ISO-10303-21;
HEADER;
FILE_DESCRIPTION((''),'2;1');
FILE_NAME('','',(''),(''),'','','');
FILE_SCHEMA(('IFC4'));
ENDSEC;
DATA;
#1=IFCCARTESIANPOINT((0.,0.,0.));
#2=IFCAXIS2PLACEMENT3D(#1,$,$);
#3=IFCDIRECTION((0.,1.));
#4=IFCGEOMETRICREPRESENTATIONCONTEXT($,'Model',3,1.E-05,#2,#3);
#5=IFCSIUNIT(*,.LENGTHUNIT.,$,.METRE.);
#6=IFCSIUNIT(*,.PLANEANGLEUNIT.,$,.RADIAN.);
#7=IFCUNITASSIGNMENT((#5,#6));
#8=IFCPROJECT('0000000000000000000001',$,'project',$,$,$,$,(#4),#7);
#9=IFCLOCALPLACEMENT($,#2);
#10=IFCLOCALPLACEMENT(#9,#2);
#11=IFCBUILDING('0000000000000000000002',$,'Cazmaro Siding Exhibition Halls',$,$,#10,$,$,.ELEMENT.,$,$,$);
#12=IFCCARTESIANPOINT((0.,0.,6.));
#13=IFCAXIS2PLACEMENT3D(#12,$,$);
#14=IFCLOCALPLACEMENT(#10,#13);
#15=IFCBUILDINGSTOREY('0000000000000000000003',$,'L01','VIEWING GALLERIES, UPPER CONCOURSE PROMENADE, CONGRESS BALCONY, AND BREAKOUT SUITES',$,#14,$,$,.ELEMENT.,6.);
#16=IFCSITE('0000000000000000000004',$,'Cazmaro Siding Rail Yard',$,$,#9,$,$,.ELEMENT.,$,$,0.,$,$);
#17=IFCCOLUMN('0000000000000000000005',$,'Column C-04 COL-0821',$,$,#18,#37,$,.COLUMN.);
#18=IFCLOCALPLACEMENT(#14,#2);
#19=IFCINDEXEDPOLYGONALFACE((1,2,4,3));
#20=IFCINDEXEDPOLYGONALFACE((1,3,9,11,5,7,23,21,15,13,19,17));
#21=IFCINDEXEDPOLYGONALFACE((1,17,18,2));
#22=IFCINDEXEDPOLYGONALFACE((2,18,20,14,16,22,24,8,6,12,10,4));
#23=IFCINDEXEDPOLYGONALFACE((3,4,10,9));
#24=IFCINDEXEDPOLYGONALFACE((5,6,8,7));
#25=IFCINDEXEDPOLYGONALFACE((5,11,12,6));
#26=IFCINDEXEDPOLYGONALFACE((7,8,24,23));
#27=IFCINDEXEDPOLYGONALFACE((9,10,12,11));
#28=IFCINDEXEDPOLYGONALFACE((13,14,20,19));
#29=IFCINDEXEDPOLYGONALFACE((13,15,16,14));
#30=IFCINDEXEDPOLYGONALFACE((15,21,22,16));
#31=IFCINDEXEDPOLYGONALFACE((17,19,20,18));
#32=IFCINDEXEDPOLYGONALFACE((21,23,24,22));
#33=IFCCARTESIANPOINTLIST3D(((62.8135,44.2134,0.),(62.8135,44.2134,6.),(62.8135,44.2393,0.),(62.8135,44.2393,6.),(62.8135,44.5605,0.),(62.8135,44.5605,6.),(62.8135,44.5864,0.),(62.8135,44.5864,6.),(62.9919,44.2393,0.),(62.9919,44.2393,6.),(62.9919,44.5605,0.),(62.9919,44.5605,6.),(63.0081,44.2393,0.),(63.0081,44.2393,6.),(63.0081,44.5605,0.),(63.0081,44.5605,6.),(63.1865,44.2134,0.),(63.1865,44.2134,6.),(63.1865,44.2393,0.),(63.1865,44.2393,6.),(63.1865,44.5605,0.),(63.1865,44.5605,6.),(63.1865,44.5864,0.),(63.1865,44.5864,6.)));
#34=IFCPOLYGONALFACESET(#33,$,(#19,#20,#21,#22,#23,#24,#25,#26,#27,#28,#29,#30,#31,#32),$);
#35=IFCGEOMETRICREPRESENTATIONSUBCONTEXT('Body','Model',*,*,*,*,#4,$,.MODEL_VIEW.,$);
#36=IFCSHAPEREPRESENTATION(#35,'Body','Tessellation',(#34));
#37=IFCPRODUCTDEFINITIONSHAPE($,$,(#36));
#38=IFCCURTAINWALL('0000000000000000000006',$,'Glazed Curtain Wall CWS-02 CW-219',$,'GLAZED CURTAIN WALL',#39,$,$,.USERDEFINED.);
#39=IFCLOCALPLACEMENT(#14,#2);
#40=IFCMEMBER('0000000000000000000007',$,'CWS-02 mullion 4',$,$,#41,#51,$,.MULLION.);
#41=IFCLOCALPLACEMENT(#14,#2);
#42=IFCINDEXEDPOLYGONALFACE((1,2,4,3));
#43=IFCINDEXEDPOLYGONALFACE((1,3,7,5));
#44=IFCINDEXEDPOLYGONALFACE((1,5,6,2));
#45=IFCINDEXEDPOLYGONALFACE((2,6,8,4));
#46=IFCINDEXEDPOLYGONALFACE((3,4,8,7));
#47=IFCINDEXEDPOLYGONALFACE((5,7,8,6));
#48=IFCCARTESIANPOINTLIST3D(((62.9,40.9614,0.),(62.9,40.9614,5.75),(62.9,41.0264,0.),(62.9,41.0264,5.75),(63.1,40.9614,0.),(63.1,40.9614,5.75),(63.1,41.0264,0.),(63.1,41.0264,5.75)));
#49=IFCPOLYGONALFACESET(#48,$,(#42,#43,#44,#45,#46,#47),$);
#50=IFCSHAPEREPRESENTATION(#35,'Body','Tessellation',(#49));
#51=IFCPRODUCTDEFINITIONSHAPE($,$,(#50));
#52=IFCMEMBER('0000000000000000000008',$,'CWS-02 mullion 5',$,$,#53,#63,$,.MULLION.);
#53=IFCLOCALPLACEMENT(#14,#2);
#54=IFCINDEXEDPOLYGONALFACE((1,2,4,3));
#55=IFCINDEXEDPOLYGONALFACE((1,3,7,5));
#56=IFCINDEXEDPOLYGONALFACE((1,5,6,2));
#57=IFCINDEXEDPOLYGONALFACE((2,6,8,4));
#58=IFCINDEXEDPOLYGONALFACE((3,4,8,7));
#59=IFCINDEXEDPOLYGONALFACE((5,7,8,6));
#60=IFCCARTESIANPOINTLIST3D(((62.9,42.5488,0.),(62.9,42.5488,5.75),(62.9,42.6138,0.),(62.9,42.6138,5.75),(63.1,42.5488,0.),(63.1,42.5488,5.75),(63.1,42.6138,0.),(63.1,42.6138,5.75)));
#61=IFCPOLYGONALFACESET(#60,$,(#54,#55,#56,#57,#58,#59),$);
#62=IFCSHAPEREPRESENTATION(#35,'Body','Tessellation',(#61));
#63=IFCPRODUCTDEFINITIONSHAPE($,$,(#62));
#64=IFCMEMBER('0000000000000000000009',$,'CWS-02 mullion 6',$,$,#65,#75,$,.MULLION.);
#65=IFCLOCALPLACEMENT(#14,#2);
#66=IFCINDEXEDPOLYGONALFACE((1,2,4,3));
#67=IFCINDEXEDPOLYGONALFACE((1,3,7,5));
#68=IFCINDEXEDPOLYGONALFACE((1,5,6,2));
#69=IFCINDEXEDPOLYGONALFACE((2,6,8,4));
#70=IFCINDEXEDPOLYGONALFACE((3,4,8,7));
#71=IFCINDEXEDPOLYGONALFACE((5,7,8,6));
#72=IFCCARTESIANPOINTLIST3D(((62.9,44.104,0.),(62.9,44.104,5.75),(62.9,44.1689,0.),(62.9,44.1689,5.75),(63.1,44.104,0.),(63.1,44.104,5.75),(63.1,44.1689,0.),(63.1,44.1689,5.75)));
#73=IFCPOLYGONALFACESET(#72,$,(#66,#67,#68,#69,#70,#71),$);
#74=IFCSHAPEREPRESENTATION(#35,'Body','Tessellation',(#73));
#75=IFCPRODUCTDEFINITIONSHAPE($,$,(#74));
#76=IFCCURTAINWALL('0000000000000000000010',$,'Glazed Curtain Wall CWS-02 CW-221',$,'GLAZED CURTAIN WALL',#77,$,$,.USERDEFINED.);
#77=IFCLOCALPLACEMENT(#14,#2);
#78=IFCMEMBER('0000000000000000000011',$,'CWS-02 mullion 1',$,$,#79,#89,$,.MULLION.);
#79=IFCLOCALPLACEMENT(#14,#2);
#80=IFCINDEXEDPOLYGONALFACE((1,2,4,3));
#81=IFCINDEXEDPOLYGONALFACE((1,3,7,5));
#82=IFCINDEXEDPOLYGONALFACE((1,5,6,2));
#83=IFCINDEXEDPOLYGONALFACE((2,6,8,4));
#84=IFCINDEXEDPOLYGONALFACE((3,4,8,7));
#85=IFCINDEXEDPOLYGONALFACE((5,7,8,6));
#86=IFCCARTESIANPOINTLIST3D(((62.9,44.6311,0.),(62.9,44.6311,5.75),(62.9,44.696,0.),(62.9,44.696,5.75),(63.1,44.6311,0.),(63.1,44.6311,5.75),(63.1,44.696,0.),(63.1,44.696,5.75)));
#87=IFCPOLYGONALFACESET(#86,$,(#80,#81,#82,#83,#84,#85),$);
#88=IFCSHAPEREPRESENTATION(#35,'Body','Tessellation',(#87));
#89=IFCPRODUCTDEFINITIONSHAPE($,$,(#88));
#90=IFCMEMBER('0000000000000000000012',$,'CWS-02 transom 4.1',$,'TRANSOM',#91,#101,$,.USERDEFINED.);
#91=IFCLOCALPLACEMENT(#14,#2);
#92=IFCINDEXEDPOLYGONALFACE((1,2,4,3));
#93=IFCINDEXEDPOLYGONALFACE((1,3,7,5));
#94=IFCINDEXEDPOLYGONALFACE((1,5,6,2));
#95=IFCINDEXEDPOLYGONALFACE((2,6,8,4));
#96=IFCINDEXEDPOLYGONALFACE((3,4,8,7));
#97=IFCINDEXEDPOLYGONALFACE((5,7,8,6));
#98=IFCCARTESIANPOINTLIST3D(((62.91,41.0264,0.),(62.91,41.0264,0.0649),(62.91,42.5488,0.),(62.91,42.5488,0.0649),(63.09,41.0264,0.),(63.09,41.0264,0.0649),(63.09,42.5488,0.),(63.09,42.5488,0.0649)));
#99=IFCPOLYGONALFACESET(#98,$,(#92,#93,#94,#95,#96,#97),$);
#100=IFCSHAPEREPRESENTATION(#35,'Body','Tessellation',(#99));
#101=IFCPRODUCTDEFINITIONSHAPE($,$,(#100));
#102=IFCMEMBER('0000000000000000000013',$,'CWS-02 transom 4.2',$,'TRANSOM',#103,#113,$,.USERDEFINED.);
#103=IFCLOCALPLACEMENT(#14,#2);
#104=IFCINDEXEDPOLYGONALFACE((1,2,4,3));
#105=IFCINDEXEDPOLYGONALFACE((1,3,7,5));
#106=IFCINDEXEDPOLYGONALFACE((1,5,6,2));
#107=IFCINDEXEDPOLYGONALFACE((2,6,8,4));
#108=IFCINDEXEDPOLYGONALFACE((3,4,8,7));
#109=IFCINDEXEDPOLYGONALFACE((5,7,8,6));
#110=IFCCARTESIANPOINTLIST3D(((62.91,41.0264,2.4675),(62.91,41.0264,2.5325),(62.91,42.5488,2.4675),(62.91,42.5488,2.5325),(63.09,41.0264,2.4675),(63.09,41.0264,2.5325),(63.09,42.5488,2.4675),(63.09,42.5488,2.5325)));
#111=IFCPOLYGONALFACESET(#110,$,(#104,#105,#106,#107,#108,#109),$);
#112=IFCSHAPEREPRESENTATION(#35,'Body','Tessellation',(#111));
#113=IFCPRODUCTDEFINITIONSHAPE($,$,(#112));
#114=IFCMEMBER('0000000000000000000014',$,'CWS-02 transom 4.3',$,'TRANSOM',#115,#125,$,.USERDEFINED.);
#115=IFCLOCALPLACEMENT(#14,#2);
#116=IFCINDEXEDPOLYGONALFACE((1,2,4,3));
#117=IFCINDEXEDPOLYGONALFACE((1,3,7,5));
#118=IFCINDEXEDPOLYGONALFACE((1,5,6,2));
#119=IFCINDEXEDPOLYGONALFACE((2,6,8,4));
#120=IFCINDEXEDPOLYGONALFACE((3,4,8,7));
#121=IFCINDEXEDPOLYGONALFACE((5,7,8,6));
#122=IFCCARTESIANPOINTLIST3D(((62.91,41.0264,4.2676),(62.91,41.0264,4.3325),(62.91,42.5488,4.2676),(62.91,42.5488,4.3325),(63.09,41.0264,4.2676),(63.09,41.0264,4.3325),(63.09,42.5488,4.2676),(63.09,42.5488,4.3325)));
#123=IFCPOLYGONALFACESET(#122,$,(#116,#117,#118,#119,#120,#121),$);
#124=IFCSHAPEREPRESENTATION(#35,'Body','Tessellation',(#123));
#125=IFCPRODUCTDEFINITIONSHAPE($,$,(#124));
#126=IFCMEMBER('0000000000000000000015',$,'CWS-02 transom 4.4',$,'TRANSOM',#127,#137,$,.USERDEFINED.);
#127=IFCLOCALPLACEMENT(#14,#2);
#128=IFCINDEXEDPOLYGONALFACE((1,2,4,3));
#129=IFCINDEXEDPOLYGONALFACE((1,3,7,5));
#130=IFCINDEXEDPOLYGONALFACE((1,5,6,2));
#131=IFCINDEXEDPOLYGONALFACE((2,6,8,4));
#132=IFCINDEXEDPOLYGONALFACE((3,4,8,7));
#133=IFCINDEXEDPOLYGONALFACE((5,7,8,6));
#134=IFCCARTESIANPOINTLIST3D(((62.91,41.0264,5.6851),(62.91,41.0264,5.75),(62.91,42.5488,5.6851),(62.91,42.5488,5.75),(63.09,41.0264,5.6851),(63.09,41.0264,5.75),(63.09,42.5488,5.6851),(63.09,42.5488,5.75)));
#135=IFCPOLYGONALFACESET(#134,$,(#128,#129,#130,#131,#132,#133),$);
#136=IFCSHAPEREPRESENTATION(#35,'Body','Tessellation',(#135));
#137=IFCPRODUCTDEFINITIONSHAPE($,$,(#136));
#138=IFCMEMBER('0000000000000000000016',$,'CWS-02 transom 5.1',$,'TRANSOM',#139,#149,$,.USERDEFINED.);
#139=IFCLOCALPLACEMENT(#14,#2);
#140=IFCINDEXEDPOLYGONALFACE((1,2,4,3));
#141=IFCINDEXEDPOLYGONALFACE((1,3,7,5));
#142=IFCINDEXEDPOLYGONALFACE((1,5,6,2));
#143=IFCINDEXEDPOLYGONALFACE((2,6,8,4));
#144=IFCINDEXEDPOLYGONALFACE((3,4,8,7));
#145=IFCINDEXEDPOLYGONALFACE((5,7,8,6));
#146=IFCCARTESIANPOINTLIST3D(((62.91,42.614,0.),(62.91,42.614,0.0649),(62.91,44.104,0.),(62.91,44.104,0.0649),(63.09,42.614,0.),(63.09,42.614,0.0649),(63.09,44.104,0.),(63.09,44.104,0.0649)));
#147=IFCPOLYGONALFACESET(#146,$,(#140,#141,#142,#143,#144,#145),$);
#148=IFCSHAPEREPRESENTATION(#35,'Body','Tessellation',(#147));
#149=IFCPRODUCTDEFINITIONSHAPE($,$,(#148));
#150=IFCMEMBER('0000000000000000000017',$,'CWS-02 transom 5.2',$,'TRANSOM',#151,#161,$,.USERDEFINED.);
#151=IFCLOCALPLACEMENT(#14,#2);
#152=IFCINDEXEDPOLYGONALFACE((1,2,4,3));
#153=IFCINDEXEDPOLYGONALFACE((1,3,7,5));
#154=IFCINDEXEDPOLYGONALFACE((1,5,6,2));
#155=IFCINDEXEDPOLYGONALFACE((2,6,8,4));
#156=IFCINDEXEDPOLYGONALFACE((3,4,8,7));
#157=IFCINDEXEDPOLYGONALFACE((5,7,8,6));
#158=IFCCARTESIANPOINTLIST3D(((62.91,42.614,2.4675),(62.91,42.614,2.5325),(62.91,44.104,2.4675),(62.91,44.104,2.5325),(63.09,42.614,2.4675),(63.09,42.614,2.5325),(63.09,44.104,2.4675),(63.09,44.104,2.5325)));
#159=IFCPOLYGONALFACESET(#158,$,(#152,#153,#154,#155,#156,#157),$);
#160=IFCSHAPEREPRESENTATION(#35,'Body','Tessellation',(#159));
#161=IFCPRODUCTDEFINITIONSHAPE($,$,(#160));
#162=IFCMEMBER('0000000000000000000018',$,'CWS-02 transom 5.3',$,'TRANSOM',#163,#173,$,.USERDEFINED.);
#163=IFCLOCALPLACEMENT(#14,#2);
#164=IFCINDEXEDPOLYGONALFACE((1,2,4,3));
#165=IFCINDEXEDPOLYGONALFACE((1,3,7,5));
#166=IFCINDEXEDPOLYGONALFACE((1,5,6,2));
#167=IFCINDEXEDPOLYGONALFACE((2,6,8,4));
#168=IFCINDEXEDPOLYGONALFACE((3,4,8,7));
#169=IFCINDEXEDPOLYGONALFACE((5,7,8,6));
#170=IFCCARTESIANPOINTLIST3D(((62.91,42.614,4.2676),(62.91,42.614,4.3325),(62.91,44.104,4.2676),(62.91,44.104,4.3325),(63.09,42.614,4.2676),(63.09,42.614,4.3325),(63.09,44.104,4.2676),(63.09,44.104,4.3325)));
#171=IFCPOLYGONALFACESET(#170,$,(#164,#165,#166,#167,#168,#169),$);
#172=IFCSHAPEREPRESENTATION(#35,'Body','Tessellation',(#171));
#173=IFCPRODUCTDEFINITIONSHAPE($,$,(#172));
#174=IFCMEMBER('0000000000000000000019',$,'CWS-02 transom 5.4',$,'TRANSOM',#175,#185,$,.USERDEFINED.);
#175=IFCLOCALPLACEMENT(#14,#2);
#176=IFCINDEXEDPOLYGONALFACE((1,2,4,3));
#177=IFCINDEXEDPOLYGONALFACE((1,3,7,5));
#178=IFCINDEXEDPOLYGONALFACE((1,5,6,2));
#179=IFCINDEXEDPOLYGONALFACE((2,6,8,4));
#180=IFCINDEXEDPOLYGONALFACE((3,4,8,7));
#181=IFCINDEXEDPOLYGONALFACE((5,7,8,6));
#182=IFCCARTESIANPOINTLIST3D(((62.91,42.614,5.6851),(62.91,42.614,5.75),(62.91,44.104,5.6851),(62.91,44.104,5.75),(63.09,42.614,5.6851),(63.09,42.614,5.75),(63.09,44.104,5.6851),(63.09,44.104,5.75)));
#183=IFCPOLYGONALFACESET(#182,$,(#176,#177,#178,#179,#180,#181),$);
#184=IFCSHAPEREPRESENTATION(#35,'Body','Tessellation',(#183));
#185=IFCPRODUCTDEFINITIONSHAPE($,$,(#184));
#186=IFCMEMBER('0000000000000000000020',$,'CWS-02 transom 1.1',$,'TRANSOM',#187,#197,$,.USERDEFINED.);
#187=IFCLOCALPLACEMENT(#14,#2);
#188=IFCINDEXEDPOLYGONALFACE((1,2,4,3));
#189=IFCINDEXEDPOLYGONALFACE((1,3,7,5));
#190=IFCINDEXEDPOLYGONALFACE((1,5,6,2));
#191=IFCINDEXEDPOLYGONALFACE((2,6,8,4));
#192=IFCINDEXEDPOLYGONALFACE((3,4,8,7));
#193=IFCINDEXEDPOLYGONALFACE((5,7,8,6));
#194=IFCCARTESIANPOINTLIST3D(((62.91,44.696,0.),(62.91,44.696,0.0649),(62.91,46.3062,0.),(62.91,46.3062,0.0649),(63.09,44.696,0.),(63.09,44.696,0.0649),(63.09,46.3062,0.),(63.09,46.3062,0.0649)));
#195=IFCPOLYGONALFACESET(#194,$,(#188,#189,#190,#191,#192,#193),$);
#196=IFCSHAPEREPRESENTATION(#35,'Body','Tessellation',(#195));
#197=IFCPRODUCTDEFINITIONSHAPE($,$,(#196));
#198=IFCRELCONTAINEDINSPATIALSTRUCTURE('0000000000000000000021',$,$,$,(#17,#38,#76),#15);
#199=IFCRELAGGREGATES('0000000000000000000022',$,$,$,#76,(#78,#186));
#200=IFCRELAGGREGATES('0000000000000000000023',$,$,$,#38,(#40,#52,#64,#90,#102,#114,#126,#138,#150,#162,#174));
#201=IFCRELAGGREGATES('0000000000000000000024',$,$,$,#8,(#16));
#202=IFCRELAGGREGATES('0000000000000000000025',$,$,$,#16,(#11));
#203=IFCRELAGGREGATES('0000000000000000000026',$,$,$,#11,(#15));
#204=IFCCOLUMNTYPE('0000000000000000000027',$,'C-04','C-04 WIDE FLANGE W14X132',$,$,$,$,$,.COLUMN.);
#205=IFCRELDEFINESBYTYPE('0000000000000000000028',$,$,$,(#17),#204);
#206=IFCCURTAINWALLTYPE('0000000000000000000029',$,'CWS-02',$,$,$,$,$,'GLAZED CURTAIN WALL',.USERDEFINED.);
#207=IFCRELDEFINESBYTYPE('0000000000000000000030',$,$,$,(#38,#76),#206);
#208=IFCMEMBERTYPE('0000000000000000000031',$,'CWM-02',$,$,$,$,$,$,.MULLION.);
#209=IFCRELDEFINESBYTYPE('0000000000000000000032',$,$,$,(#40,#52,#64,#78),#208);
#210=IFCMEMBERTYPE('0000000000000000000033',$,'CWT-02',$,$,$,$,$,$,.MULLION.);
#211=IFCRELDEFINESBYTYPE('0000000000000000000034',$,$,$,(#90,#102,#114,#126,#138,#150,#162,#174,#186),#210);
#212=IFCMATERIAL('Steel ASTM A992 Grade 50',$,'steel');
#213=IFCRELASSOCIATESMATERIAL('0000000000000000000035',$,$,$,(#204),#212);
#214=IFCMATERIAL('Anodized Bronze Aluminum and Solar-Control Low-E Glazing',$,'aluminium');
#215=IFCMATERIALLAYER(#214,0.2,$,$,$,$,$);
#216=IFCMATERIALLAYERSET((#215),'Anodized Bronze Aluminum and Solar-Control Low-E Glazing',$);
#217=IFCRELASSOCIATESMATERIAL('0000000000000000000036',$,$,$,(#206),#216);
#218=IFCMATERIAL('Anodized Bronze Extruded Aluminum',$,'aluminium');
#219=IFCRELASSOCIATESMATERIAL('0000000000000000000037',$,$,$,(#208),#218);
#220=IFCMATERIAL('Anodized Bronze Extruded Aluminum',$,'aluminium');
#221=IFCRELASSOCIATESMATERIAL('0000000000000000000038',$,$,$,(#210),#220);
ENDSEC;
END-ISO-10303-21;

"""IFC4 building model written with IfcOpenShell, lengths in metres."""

from ifc_helpers import new_model, si_unit, direction, frame, origin, origin_2d, place, context, subcontext, project, spatial, rectangle, i_section, extrude, material, layer, layer_set, material_profile, profile_set, type_object, element, aggregate, save


model = new_model("IFC4")

# Units and contexts
model_context = context("Model", 3, precision=1e-05, world=origin(), true_north=direction((0.0, 1.0)))
body_context = subcontext(model_context, "Body", "Model", "MODEL_VIEW")
ifc_project = project(units=[si_unit("LENGTHUNIT", "METRE"), si_unit("PLANEANGLEUNIT", "RADIAN")], contexts=[model_context])

# Site, building, storey
site_placement = place(None, origin())
site = spatial("IfcSite", under=ifc_project, at=site_placement, Name="Cazmaro Siding Rail Yard", CompositionType="ELEMENT", RefElevation=0.0)
building_placement = place(site_placement, origin())
building = spatial("IfcBuilding", under=site, at=building_placement, Name="Cazmaro Siding Exhibition Halls", CompositionType="ELEMENT")
storey_placement = place(building_placement, frame((0.0, 0.0, 6.0)))
storey = spatial("IfcBuildingStorey", under=building, at=storey_placement, Name="L01", Description="VIEWING GALLERIES, UPPER CONCOURSE PROMENADE, CONGRESS BALCONY, AND BREAKOUT SUITES", CompositionType="ELEMENT", Elevation=6.0)

# Column
ifc_material_1 = material(Name="Steel ASTM A992 Grade 50", Category="steel")
ifc_material_profile_1 = material_profile(ifc_material_1, i_section(OverallWidth=0.373, OverallDepth=0.373, WebThickness=0.0161, FlangeThickness=0.0259, at=origin_2d()), Name="W14X132")
ifc_profile_set_1 = profile_set([ifc_material_profile_1], Name="Steel ASTM A992 Grade 50")
column_type = type_object("IfcColumnType", Name="C-04", Description="C-04 WIDE FLANGE W14X132", PredefinedType="COLUMN", material=ifc_profile_set_1)
column_placement = place(storey_placement, frame((63.0, 44.3999, 0.0), z_axis=(0.0, 0.0, 1.0), x_axis=(1.0, 0.0, 0.0)))
element("IfcColumn", 1, at=column_placement, inside=storey, type_object=column_type, Name="Column C-04 COL-0821", PredefinedType="COLUMN", context=body_context, shape_type="SweptSolid", body=[
    extrude(i_section(OverallWidth=0.373, OverallDepth=0.373, WebThickness=0.0161, FlangeThickness=0.0259, at=origin_2d()), origin(), (0.0, 0.0, 1.0), 6.0),
])

# Curtain wall, members
ifc_material_2 = material(Name="Anodized Bronze Aluminum and Solar-Control Low-E Glazing", Category="aluminium")
ifc_layer_1 = layer(ifc_material_2, 0.2)
ifc_layer_set_1 = layer_set([ifc_layer_1], Name="Anodized Bronze Aluminum and Solar-Control Low-E Glazing")
curtain_wall_type = type_object("IfcCurtainWallType", Name="CWS-02", ElementType="GLAZED CURTAIN WALL", PredefinedType="USERDEFINED", material=ifc_layer_set_1)
curtain_wall_1_placement = place(storey_placement, origin())
curtain_wall_1 = element("IfcCurtainWall", 2, at=curtain_wall_1_placement, inside=storey, type_object=curtain_wall_type, Name="Glazed Curtain Wall CWS-02 CW-219", ObjectType="GLAZED CURTAIN WALL", PredefinedType="USERDEFINED")
ifc_material_3 = material(Name="Anodized Bronze Extruded Aluminum", Category="aluminium")
ifc_material_profile_2 = material_profile(ifc_material_3, rectangle(XDim=0.2, YDim=0.0649, at=origin_2d()), Name="CWM-02")
ifc_profile_set_2 = profile_set([ifc_material_profile_2], Name="Anodized Bronze Extruded Aluminum")
member_type_1 = type_object("IfcMemberType", Name="CWM-02", PredefinedType="MULLION", material=ifc_profile_set_2)
member_1_placement = place(storey_placement, frame((63.0, 40.9939, 0.0), z_axis=(0.0, 0.0, 1.0), x_axis=(-1.0, 0.0, 0.0)))
member_1 = element("IfcMember", 3, at=member_1_placement, type_object=member_type_1, Name="CWS-02 mullion 4", PredefinedType="MULLION", context=body_context, shape_type="SweptSolid", body=[
    extrude(rectangle(XDim=0.2, YDim=0.0649, at=origin_2d()), origin(), (0.0, 0.0, 1.0), 5.75),
])
member_2_placement = place(storey_placement, frame((63.0, 42.5813, 0.0), z_axis=(0.0, 0.0, 1.0), x_axis=(-1.0, 0.0, 0.0)))
member_2 = element("IfcMember", 4, at=member_2_placement, type_object=member_type_1, Name="CWS-02 mullion 5", PredefinedType="MULLION", context=body_context, shape_type="SweptSolid", body=[
    extrude(rectangle(XDim=0.2, YDim=0.0649, at=origin_2d()), origin(), (0.0, 0.0, 1.0), 5.75),
])
member_3_placement = place(storey_placement, frame((63.0, 44.1365, 0.0), z_axis=(0.0, 0.0, 1.0), x_axis=(-1.0, 0.0, 0.0)))
member_3 = element("IfcMember", 5, at=member_3_placement, type_object=member_type_1, Name="CWS-02 mullion 6", PredefinedType="MULLION", context=body_context, shape_type="SweptSolid", body=[
    extrude(rectangle(XDim=0.2, YDim=0.0649, at=origin_2d()), origin(), (0.0, 0.0, 1.0), 5.75),
])

# Curtain wall, member
curtain_wall_2_placement = place(storey_placement, origin())
curtain_wall_2 = element("IfcCurtainWall", 6, at=curtain_wall_2_placement, inside=storey, type_object=curtain_wall_type, Name="Glazed Curtain Wall CWS-02 CW-221", ObjectType="GLAZED CURTAIN WALL", PredefinedType="USERDEFINED")
member_4_placement = place(storey_placement, frame((63.0, 44.6636, 0.0), z_axis=(0.0, 0.0, 1.0), x_axis=(-1.0, 0.0, 0.0)))
member_4 = element("IfcMember", 7, at=member_4_placement, type_object=member_type_1, Name="CWS-02 mullion 1", PredefinedType="MULLION", context=body_context, shape_type="SweptSolid", body=[
    extrude(rectangle(XDim=0.2, YDim=0.0649, at=origin_2d()), origin(), (0.0, 0.0, 1.0), 5.75),
])

# Members
ifc_material_4 = material(Name="Anodized Bronze Extruded Aluminum", Category="aluminium")
ifc_material_profile_3 = material_profile(ifc_material_4, rectangle(XDim=0.1799, YDim=0.0649, at=origin_2d()), Name="CWT-02")
ifc_profile_set_3 = profile_set([ifc_material_profile_3], Name="Anodized Bronze Extruded Aluminum")
member_type_2 = type_object("IfcMemberType", Name="CWT-02", PredefinedType="MULLION", material=ifc_profile_set_3)
member_5_placement = place(storey_placement, frame((63.0, 41.0264, 0.0325), z_axis=(0.0, 1.0, 0.0), x_axis=(-1.0, 0.0, 0.0)))
member_5 = element("IfcMember", 8, at=member_5_placement, type_object=member_type_2, Name="CWS-02 transom 4.1", ObjectType="TRANSOM", PredefinedType="USERDEFINED", context=body_context, shape_type="SweptSolid", body=[
    extrude(rectangle(XDim=0.1799, YDim=0.0649, at=origin_2d()), origin(), (0.0, 0.0, 1.0), 1.5225),
])
member_6_placement = place(storey_placement, frame((63.0, 41.0264, 2.5), z_axis=(0.0, 1.0, 0.0), x_axis=(-1.0, 0.0, 0.0)))
member_6 = element("IfcMember", 9, at=member_6_placement, type_object=member_type_2, Name="CWS-02 transom 4.2", ObjectType="TRANSOM", PredefinedType="USERDEFINED", context=body_context, shape_type="SweptSolid", body=[
    extrude(rectangle(XDim=0.1799, YDim=0.0649, at=origin_2d()), origin(), (0.0, 0.0, 1.0), 1.5225),
])
member_7_placement = place(storey_placement, frame((63.0, 41.0264, 4.3), z_axis=(0.0, 1.0, 0.0), x_axis=(-1.0, 0.0, 0.0)))
member_7 = element("IfcMember", 10, at=member_7_placement, type_object=member_type_2, Name="CWS-02 transom 4.3", ObjectType="TRANSOM", PredefinedType="USERDEFINED", context=body_context, shape_type="SweptSolid", body=[
    extrude(rectangle(XDim=0.1799, YDim=0.0649, at=origin_2d()), origin(), (0.0, 0.0, 1.0), 1.5225),
])
member_8_placement = place(storey_placement, frame((63.0, 41.0264, 5.7175), z_axis=(0.0, 1.0, 0.0), x_axis=(-1.0, 0.0, 0.0)))
member_8 = element("IfcMember", 11, at=member_8_placement, type_object=member_type_2, Name="CWS-02 transom 4.4", ObjectType="TRANSOM", PredefinedType="USERDEFINED", context=body_context, shape_type="SweptSolid", body=[
    extrude(rectangle(XDim=0.1799, YDim=0.0649, at=origin_2d()), origin(), (0.0, 0.0, 1.0), 1.5225),
])
member_9_placement = place(storey_placement, frame((63.0, 42.614, 0.0325), z_axis=(0.0, 1.0, 0.0), x_axis=(-1.0, 0.0, 0.0)))
member_9 = element("IfcMember", 12, at=member_9_placement, type_object=member_type_2, Name="CWS-02 transom 5.1", ObjectType="TRANSOM", PredefinedType="USERDEFINED", context=body_context, shape_type="SweptSolid", body=[
    extrude(rectangle(XDim=0.1799, YDim=0.0649, at=origin_2d()), origin(), (0.0, 0.0, 1.0), 1.49),
])
member_10_placement = place(storey_placement, frame((63.0, 42.614, 2.5), z_axis=(0.0, 1.0, 0.0), x_axis=(-1.0, 0.0, 0.0)))
member_10 = element("IfcMember", 13, at=member_10_placement, type_object=member_type_2, Name="CWS-02 transom 5.2", ObjectType="TRANSOM", PredefinedType="USERDEFINED", context=body_context, shape_type="SweptSolid", body=[
    extrude(rectangle(XDim=0.1799, YDim=0.0649, at=origin_2d()), origin(), (0.0, 0.0, 1.0), 1.49),
])
member_11_placement = place(storey_placement, frame((63.0, 42.614, 4.3), z_axis=(0.0, 1.0, 0.0), x_axis=(-1.0, 0.0, 0.0)))
member_11 = element("IfcMember", 14, at=member_11_placement, type_object=member_type_2, Name="CWS-02 transom 5.3", ObjectType="TRANSOM", PredefinedType="USERDEFINED", context=body_context, shape_type="SweptSolid", body=[
    extrude(rectangle(XDim=0.1799, YDim=0.0649, at=origin_2d()), origin(), (0.0, 0.0, 1.0), 1.49),
])
member_12_placement = place(storey_placement, frame((63.0, 42.614, 5.7175), z_axis=(0.0, 1.0, 0.0), x_axis=(-1.0, 0.0, 0.0)))
member_12 = element("IfcMember", 15, at=member_12_placement, type_object=member_type_2, Name="CWS-02 transom 5.4", ObjectType="TRANSOM", PredefinedType="USERDEFINED", context=body_context, shape_type="SweptSolid", body=[
    extrude(rectangle(XDim=0.1799, YDim=0.0649, at=origin_2d()), origin(), (0.0, 0.0, 1.0), 1.49),
])
member_13_placement = place(storey_placement, frame((63.0, 44.696, 0.0325), z_axis=(0.0, 1.0, 0.0), x_axis=(-1.0, 0.0, 0.0)))
member_13 = element("IfcMember", 16, at=member_13_placement, type_object=member_type_2, Name="CWS-02 transom 1.1", ObjectType="TRANSOM", PredefinedType="USERDEFINED", context=body_context, shape_type="SweptSolid", body=[
    extrude(rectangle(XDim=0.1799, YDim=0.0649, at=origin_2d()), origin(), (0.0, 0.0, 1.0), 1.6101),
])
aggregate(curtain_wall_2, [member_4, member_13])

aggregate(curtain_wall_1, [member_1, member_2, member_3, member_5, member_6, member_7, member_8, member_9, member_10, member_11, member_12])

save(model, "model.ifc")
